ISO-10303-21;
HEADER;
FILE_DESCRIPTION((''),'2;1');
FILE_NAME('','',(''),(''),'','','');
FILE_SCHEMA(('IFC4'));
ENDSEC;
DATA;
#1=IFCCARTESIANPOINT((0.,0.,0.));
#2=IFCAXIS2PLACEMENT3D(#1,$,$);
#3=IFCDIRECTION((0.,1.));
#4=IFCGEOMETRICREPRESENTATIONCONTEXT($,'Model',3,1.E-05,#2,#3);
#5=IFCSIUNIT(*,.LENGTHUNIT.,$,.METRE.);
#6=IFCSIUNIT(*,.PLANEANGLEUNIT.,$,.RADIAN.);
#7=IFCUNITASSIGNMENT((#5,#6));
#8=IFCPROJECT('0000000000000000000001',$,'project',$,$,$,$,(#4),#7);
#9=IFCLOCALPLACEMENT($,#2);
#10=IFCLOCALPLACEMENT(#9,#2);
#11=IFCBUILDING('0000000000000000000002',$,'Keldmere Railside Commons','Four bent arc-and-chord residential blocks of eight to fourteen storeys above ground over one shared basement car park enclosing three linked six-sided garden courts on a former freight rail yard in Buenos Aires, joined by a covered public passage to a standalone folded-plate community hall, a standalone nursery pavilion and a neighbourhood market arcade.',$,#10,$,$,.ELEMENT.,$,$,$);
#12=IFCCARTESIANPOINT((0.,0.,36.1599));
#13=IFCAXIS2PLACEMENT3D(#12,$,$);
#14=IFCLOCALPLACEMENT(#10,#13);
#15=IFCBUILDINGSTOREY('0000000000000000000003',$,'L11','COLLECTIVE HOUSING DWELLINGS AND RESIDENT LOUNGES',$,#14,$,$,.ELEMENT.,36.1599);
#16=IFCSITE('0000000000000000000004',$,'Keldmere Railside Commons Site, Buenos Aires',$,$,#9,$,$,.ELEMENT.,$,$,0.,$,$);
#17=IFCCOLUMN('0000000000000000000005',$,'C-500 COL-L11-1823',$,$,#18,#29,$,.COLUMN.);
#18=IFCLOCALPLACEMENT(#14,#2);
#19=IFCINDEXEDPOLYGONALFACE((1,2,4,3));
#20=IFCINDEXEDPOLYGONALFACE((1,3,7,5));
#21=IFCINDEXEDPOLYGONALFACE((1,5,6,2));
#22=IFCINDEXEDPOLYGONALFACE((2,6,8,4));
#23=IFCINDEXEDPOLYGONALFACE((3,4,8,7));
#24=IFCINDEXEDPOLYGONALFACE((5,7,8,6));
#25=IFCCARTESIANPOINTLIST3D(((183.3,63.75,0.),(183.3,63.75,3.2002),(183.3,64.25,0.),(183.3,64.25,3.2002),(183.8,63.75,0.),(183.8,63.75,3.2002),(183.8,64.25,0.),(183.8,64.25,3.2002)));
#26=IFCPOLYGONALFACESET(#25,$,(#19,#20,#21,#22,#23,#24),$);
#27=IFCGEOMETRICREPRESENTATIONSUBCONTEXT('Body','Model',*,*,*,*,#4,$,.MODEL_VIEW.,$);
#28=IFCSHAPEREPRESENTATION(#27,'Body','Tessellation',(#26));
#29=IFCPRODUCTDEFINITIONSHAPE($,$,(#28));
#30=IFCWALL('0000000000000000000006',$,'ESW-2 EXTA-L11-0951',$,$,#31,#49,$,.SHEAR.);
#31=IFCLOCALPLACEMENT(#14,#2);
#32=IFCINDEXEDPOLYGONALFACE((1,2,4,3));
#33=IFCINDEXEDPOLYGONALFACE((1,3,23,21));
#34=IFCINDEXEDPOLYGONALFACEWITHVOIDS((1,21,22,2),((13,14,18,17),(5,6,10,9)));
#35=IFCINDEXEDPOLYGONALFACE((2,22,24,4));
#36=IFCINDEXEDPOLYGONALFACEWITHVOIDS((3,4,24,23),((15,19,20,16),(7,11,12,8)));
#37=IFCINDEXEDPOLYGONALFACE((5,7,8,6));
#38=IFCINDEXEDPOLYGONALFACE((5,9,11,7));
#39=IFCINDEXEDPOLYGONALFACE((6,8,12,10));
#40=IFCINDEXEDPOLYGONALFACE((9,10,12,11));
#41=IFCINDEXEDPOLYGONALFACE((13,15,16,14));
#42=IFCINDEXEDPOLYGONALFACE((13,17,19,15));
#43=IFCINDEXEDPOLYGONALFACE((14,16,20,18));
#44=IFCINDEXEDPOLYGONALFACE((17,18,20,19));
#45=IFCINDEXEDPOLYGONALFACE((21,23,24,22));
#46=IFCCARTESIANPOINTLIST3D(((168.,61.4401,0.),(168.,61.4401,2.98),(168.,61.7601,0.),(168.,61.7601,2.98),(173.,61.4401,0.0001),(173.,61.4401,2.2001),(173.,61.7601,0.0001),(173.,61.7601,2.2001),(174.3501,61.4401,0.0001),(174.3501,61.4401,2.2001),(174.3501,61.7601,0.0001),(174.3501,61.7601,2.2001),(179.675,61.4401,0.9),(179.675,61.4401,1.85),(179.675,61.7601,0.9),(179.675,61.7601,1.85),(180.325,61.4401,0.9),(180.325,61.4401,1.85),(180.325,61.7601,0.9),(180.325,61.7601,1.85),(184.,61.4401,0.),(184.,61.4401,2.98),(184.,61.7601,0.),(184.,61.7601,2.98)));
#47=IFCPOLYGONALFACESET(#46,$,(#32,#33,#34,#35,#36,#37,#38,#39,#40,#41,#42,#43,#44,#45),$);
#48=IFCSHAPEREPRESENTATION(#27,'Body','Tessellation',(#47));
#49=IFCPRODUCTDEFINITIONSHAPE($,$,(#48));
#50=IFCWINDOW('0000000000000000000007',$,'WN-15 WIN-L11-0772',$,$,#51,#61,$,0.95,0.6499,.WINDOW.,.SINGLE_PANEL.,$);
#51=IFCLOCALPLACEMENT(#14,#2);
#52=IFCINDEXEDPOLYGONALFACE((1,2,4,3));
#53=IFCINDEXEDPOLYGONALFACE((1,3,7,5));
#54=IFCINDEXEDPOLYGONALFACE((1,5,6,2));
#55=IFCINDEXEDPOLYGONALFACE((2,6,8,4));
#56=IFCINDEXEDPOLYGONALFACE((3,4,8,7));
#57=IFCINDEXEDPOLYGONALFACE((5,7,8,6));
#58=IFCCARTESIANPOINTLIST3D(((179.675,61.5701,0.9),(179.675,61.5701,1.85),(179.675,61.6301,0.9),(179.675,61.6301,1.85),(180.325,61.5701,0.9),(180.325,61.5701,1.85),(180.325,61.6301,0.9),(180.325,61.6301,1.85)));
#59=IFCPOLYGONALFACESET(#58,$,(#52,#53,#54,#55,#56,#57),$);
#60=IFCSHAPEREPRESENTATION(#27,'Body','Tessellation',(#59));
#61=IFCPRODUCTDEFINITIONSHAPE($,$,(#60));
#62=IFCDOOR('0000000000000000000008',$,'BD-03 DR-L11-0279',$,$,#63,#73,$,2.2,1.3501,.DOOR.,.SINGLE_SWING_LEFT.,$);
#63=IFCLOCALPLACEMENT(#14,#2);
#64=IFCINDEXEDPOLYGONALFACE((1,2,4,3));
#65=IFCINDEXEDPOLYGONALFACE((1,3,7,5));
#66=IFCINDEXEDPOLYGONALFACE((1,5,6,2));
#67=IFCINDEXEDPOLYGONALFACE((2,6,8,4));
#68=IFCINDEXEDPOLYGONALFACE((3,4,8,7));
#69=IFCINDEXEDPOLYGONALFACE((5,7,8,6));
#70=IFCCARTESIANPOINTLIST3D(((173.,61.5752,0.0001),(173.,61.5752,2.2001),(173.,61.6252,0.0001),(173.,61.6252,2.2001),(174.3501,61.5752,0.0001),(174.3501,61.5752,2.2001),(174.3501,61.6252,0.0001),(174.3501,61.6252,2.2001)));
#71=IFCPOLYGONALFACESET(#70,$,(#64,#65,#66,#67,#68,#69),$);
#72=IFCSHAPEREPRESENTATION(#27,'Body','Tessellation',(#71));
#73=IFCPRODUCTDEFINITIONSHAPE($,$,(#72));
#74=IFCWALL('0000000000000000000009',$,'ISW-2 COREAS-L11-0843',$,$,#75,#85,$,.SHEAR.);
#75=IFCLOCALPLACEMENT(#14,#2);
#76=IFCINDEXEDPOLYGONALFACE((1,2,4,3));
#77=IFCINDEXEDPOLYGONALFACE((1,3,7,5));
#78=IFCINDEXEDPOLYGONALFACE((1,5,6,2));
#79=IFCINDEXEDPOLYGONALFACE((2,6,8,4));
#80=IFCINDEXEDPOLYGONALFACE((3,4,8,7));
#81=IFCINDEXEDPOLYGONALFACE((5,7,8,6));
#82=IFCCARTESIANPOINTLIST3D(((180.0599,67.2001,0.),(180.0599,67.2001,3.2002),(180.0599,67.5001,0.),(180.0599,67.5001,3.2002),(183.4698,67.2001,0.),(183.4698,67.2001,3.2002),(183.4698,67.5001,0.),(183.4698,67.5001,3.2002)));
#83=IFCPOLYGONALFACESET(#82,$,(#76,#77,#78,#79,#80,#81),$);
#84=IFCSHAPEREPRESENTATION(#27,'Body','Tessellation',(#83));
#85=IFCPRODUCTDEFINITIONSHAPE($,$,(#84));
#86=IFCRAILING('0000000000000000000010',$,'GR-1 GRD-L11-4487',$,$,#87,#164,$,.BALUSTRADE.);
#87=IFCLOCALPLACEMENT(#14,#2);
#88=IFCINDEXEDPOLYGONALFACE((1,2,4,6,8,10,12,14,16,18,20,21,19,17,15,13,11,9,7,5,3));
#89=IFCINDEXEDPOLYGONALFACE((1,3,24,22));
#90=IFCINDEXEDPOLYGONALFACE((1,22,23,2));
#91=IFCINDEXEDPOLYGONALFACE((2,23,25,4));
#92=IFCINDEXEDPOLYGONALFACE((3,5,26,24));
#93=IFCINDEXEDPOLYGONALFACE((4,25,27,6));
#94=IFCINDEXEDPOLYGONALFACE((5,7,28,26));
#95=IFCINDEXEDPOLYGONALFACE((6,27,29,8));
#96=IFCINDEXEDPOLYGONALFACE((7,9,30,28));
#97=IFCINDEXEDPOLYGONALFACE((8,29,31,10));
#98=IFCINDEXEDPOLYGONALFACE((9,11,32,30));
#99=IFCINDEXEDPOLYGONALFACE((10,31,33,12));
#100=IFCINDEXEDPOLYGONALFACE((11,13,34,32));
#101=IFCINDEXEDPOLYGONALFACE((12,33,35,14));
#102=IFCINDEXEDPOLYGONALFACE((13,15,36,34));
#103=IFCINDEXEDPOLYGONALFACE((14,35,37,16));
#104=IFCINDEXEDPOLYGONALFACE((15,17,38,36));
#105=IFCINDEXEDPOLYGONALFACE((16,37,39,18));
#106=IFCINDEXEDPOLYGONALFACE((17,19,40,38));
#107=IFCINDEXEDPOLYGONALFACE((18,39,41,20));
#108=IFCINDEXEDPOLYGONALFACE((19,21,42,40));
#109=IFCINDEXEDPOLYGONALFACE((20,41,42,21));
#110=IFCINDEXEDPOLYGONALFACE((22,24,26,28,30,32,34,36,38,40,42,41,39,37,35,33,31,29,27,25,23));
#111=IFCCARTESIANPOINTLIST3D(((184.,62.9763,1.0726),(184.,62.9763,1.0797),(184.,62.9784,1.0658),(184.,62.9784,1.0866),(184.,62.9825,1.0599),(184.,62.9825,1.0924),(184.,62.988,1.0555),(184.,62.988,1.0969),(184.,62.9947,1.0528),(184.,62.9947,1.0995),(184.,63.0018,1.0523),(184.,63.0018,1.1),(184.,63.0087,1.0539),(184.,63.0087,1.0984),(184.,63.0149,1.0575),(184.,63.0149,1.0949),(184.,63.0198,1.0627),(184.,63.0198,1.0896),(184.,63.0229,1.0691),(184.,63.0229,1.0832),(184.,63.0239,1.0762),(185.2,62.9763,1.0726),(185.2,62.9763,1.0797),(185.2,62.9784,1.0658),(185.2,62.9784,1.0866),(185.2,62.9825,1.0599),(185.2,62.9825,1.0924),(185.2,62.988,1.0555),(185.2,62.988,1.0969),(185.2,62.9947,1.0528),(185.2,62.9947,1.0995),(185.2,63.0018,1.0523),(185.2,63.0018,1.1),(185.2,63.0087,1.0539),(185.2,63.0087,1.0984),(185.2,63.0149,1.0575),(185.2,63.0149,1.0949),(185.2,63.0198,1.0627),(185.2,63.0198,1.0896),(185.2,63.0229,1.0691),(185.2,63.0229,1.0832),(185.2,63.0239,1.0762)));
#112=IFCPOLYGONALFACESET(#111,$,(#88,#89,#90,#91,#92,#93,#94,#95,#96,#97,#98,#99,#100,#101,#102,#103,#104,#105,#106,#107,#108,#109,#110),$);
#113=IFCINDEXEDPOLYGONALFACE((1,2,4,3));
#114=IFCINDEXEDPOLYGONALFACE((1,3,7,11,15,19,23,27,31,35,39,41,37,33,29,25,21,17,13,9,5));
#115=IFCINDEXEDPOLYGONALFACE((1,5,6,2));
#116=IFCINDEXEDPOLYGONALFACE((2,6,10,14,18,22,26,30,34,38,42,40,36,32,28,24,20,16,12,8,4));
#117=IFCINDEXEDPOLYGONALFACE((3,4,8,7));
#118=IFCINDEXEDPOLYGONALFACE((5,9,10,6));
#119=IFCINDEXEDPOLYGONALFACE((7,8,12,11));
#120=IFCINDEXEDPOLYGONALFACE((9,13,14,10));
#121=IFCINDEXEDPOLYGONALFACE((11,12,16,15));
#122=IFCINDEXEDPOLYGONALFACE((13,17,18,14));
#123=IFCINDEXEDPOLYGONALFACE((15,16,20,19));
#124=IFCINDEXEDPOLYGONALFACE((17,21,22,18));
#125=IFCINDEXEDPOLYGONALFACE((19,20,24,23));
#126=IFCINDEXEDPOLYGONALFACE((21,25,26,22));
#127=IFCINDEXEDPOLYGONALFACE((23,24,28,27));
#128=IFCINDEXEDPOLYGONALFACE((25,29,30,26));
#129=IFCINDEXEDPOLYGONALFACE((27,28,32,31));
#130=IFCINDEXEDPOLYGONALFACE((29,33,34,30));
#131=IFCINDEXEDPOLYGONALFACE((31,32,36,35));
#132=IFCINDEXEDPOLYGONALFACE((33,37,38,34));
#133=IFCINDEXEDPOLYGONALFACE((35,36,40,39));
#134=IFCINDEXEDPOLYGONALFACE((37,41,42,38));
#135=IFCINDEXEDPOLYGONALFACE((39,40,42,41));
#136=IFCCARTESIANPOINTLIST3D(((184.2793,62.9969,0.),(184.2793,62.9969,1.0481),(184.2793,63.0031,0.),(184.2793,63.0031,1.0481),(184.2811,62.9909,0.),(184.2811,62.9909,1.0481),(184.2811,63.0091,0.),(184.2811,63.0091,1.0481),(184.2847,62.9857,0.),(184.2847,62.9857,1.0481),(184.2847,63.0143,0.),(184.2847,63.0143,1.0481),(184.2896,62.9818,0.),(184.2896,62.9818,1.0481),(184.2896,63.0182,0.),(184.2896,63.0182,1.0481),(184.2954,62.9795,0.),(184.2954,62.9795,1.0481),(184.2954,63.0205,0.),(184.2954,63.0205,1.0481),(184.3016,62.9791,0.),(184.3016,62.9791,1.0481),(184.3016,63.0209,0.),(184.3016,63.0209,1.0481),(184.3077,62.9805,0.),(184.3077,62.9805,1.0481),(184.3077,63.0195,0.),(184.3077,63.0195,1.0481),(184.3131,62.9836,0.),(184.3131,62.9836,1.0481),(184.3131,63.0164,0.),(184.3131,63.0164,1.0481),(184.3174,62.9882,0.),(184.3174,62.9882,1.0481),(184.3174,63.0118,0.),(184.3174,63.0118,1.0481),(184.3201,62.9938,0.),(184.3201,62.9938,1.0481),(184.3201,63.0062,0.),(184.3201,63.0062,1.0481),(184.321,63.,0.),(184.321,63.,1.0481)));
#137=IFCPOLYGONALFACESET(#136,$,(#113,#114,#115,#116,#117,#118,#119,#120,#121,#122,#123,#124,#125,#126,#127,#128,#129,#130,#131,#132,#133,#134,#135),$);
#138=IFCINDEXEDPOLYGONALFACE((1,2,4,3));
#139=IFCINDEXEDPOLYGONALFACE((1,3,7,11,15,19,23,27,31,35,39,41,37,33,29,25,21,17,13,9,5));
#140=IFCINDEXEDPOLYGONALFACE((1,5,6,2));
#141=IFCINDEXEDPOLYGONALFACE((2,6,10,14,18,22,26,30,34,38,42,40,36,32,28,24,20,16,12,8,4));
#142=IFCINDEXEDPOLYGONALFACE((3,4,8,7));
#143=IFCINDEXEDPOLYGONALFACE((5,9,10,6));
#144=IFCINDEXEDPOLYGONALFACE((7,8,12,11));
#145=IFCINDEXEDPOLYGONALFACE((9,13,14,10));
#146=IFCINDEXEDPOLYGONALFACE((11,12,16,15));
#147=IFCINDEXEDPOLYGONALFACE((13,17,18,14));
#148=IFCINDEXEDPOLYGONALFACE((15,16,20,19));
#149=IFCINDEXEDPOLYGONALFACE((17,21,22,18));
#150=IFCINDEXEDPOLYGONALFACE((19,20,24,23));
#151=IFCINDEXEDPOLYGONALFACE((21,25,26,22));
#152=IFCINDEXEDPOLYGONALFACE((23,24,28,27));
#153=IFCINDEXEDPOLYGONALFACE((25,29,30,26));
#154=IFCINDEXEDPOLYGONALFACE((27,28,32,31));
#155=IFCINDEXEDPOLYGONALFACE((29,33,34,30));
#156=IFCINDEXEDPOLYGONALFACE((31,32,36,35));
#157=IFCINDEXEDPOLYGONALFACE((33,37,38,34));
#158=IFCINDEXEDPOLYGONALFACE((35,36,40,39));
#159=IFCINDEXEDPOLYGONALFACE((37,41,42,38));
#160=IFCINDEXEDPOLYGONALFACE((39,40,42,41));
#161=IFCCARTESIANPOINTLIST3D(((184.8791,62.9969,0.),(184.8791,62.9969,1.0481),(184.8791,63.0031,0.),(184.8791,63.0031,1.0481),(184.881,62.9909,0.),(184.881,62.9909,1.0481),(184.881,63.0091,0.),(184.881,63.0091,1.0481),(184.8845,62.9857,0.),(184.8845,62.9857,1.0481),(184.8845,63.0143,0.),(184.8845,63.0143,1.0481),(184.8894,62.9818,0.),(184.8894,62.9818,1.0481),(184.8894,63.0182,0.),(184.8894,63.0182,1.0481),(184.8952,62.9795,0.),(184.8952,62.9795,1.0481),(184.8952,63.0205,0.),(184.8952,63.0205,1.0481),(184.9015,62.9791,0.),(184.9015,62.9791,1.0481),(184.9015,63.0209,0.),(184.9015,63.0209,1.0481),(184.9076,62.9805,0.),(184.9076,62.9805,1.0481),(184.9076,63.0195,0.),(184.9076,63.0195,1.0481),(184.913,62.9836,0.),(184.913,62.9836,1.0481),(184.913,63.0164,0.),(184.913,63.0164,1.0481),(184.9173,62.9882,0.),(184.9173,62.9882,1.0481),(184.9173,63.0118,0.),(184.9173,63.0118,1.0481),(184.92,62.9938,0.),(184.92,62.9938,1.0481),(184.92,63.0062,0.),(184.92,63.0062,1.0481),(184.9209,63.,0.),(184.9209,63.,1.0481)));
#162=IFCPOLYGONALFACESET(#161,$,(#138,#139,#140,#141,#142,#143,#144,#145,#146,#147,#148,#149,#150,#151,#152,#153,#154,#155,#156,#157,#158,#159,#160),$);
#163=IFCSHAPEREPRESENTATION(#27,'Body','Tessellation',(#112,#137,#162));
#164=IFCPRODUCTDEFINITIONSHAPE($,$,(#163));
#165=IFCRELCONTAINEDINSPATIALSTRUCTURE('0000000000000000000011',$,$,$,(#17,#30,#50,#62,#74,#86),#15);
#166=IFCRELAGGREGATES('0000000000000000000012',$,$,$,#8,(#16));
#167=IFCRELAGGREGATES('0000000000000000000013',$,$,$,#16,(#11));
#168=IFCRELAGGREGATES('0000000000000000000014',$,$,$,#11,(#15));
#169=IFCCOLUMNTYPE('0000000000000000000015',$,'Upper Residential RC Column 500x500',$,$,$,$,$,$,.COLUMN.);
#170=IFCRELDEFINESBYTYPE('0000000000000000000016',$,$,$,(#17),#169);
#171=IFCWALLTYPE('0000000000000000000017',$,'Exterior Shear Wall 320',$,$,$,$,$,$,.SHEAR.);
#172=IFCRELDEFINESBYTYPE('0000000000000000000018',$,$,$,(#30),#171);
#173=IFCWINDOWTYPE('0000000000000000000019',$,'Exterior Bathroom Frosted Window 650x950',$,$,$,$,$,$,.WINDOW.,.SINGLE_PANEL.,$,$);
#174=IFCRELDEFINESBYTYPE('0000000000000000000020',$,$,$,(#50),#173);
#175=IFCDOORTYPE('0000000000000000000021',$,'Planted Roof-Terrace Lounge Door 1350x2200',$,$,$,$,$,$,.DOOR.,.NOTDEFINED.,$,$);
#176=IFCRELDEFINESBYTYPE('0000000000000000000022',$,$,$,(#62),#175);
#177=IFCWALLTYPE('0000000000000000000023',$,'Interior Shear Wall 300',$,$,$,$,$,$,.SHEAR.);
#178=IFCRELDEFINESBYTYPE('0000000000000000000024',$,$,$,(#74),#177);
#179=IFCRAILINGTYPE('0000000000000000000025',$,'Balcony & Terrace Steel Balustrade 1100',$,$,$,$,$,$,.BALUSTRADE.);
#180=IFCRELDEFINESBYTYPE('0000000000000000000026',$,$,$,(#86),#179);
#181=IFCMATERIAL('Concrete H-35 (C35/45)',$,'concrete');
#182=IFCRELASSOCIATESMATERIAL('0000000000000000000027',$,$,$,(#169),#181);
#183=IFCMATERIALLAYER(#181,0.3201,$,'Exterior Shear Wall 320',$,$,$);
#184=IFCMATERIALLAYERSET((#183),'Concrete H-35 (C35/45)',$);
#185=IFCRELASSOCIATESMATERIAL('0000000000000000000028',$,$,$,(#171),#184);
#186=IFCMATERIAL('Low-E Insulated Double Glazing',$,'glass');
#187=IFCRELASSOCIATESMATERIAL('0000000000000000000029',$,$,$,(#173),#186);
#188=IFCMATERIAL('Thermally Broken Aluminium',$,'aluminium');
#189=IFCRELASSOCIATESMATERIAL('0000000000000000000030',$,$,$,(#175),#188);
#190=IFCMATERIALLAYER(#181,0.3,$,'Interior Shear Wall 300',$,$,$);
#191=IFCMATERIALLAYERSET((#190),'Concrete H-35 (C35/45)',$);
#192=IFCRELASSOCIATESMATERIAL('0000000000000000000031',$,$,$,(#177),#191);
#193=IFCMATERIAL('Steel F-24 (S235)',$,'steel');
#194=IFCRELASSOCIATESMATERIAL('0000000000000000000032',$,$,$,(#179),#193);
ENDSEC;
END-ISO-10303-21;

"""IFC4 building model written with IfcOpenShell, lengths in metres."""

from ifc_helpers import new_model, si_unit, direction, frame, frame_2d, origin, origin_2d, place, context, subcontext, project, spatial, rectangle, circle, extrude, material, layer, layer_set, material_profile, profile_set, type_object, element, fill, save


model = new_model("IFC4")

# Units and contexts
model_context = context("Model", 3, precision=1e-05, world=origin(), true_north=direction((0.0, 1.0)))
body_context = subcontext(model_context, "Body", "Model", "MODEL_VIEW")
ifc_project = project(units=[si_unit("LENGTHUNIT", "METRE"), si_unit("PLANEANGLEUNIT", "RADIAN")], contexts=[model_context])

# Site, building, storey
site_placement = place(None, origin())
site = spatial("IfcSite", under=ifc_project, at=site_placement, Name="Keldmere Railside Commons Site, Buenos Aires", CompositionType="ELEMENT", RefElevation=0.0)
building_placement = place(site_placement, origin())
building = spatial("IfcBuilding", under=site, at=building_placement, Name="Keldmere Railside Commons", Description="Four bent arc-and-chord residential blocks of eight to fourteen storeys above ground over one shared basement car park enclosing three linked six-sided garden courts on a former freight rail yard in Buenos Aires, joined by a covered public passage to a standalone folded-plate community hall, a standalone nursery pavilion and a neighbourhood market arcade.", CompositionType="ELEMENT")
storey_placement = place(building_placement, frame((0.0, 0.0, 36.1599)))
storey = spatial("IfcBuildingStorey", under=building, at=storey_placement, Name="L11", Description="COLLECTIVE HOUSING DWELLINGS AND RESIDENT LOUNGES", CompositionType="ELEMENT", Elevation=36.1599)

# Column
ifc_material_1 = material(Name="Concrete H-35 (C35/45)", Category="concrete")
ifc_material_profile = material_profile(ifc_material_1, rectangle(XDim=0.5, YDim=0.5, at=origin_2d()), Name="RC-500x500")
ifc_profile_set = profile_set([ifc_material_profile], Name="Concrete H-35 (C35/45)")
column_type = type_object("IfcColumnType", Name="Upper Residential RC Column 500x500", PredefinedType="COLUMN", material=ifc_profile_set)
column_placement = place(storey_placement, frame((183.55, 64.0, 0.0), z_axis=(0.0, 0.0, 1.0), x_axis=(1.0, 0.0, 0.0)))
element("IfcColumn", 1, at=column_placement, inside=storey, type_object=column_type, Name="C-500 COL-L11-1823", PredefinedType="COLUMN", context=body_context, shape_type="SweptSolid", body=[
    extrude(rectangle(XDim=0.5, YDim=0.5, at=origin_2d()), origin(), (0.0, 0.0, 1.0), 3.2002),
])

# Wall, openings, window, door
ifc_layer_1 = layer(ifc_material_1, 0.3201, Name="Exterior Shear Wall 320")
ifc_layer_set_1 = layer_set([ifc_layer_1], Name="Concrete H-35 (C35/45)")
wall_type_1 = type_object("IfcWallType", Name="Exterior Shear Wall 320", PredefinedType="SHEAR", material=ifc_layer_set_1)
wall_1_placement = place(storey_placement, frame((184.0, 61.6001, 0.0), z_axis=(0.0, 0.0, 1.0), x_axis=(-1.0, 0.0, 0.0)))
wall_1 = element("IfcWall", 2, at=wall_1_placement, inside=storey, type_object=wall_type_1, Name="ESW-2 EXTA-L11-0951", PredefinedType="SHEAR", context=body_context, shape_type="SweptSolid", body=[
    extrude(rectangle(XDim=16.0, YDim=0.3201, at=frame_2d((8.0, 0.0))), origin(), (0.0, 0.0, 1.0), 2.98),
])
opening_1_placement = place(wall_1_placement, frame((9.6499, 0.0, 0.0)))
opening_1 = element("IfcOpeningElement", 3, at=opening_1_placement, cuts=wall_1, PredefinedType="OPENING", context=body_context, shape_type="SweptSolid", body=[
    extrude(rectangle(XDim=1.3501, YDim=2.2, at=frame_2d((0.675, 1.1001))), frame((0.0, 0.1699, 0.0), z_axis=(0.0, -1.0, 0.0), x_axis=(1.0, 0.0, 0.0)), (0.0, 0.0, 1.0), 0.3401),
])
opening_2_placement = place(wall_1_placement, frame((3.675, 0.0, 0.8999)))
opening_2 = element("IfcOpeningElement", 4, at=opening_2_placement, cuts=wall_1, PredefinedType="OPENING", context=body_context, shape_type="SweptSolid", body=[
    extrude(rectangle(XDim=0.6499, YDim=0.95, at=frame_2d((0.325, 0.4751))), frame((0.0, 0.1699, 0.0), z_axis=(0.0, -1.0, 0.0), x_axis=(1.0, 0.0, 0.0)), (0.0, 0.0, 1.0), 0.3401),
])
ifc_material_2 = material(Name="Low-E Insulated Double Glazing", Category="glass")
window_type = type_object("IfcWindowType", Name="Exterior Bathroom Frosted Window 650x950", PartitioningType="SINGLE_PANEL", PredefinedType="WINDOW", material=ifc_material_2)
window_placement = place(opening_2_placement, origin())
window = element("IfcWindow", 5, at=window_placement, inside=storey, type_object=window_type, Name="WN-15 WIN-L11-0772", OverallHeight=0.95, OverallWidth=0.6499, PartitioningType="SINGLE_PANEL", PredefinedType="WINDOW", context=body_context, shape_type="SweptSolid", body=[
    extrude(rectangle(XDim=0.6499, YDim=0.95, at=frame_2d((0.325, 0.4751))), frame((0.0, 0.03, 0.0), z_axis=(0.0, -1.0, 0.0), x_axis=(1.0, 0.0, 0.0)), (0.0, 0.0, 1.0), 0.0601),
])
fill(opening_2, window)
ifc_material_3 = material(Name="Thermally Broken Aluminium", Category="aluminium")
door_type = type_object("IfcDoorType", Name="Planted Roof-Terrace Lounge Door 1350x2200", OperationType="NOTDEFINED", PredefinedType="DOOR", material=ifc_material_3)
door_placement = place(opening_1_placement, origin())
door = element("IfcDoor", 6, at=door_placement, inside=storey, type_object=door_type, Name="BD-03 DR-L11-0279", OperationType="SINGLE_SWING_LEFT", OverallHeight=2.2, OverallWidth=1.3501, PredefinedType="DOOR", context=body_context, shape_type="SweptSolid", body=[
    extrude(rectangle(XDim=1.3501, YDim=2.2, at=frame_2d((0.675, 1.1001))), frame((0.0, 0.0249, 0.0), z_axis=(0.0, -1.0, 0.0), x_axis=(1.0, 0.0, 0.0)), (0.0, 0.0, 1.0), 0.05),
])
fill(opening_1, door)

# Wall
ifc_layer_2 = layer(ifc_material_1, 0.3, Name="Interior Shear Wall 300")
ifc_layer_set_2 = layer_set([ifc_layer_2], Name="Concrete H-35 (C35/45)")
wall_type_2 = type_object("IfcWallType", Name="Interior Shear Wall 300", PredefinedType="SHEAR", material=ifc_layer_set_2)
wall_2_placement = place(storey_placement, frame((183.47, 67.3501, 0.0), z_axis=(0.0, 0.0, 1.0), x_axis=(-1.0, 0.0, 0.0)))
element("IfcWall", 7, at=wall_2_placement, inside=storey, type_object=wall_type_2, Name="ISW-2 COREAS-L11-0843", PredefinedType="SHEAR", context=body_context, shape_type="SweptSolid", body=[
    extrude(rectangle(XDim=3.4099, YDim=0.3, at=frame_2d((1.7051, 0.0))), origin(), (0.0, 0.0, 1.0), 3.2002),
])

# Railing
ifc_material_4 = material(Name="Steel F-24 (S235)", Category="steel")
railing_type_1 = type_object("IfcRailingType", Name="Balcony & Terrace Steel Balustrade 1100", PredefinedType="BALUSTRADE", material=ifc_material_4)
railing_1_placement = place(storey_placement, frame((184.0, 63.0, 0.0)))
element("IfcRailing", 8, at=railing_1_placement, inside=storey, type_object=railing_type_1, Name="GR-1 GRD-L11-4487", PredefinedType="BALUSTRADE", context=body_context, shape_type="SweptSolid", body=[
    extrude(circle(Radius=0.0239, at=origin_2d()), frame((0.0, 0.0, 1.0762), z_axis=(1.0, 0.0, 0.0), x_axis=(0.0, 1.0, 0.0)), (0.0, 0.0, 1.0), 1.2),
    extrude(circle(Radius=0.021, at=origin_2d()), frame((0.3, 0.0, 0.0)), (0.0, 0.0, 1.0), 1.0481),
    extrude(circle(Radius=0.021, at=origin_2d()), frame((0.8999, 0.0, 0.0)), (0.0, 0.0, 1.0), 1.0481),
])

save(model, "model.ifc")
